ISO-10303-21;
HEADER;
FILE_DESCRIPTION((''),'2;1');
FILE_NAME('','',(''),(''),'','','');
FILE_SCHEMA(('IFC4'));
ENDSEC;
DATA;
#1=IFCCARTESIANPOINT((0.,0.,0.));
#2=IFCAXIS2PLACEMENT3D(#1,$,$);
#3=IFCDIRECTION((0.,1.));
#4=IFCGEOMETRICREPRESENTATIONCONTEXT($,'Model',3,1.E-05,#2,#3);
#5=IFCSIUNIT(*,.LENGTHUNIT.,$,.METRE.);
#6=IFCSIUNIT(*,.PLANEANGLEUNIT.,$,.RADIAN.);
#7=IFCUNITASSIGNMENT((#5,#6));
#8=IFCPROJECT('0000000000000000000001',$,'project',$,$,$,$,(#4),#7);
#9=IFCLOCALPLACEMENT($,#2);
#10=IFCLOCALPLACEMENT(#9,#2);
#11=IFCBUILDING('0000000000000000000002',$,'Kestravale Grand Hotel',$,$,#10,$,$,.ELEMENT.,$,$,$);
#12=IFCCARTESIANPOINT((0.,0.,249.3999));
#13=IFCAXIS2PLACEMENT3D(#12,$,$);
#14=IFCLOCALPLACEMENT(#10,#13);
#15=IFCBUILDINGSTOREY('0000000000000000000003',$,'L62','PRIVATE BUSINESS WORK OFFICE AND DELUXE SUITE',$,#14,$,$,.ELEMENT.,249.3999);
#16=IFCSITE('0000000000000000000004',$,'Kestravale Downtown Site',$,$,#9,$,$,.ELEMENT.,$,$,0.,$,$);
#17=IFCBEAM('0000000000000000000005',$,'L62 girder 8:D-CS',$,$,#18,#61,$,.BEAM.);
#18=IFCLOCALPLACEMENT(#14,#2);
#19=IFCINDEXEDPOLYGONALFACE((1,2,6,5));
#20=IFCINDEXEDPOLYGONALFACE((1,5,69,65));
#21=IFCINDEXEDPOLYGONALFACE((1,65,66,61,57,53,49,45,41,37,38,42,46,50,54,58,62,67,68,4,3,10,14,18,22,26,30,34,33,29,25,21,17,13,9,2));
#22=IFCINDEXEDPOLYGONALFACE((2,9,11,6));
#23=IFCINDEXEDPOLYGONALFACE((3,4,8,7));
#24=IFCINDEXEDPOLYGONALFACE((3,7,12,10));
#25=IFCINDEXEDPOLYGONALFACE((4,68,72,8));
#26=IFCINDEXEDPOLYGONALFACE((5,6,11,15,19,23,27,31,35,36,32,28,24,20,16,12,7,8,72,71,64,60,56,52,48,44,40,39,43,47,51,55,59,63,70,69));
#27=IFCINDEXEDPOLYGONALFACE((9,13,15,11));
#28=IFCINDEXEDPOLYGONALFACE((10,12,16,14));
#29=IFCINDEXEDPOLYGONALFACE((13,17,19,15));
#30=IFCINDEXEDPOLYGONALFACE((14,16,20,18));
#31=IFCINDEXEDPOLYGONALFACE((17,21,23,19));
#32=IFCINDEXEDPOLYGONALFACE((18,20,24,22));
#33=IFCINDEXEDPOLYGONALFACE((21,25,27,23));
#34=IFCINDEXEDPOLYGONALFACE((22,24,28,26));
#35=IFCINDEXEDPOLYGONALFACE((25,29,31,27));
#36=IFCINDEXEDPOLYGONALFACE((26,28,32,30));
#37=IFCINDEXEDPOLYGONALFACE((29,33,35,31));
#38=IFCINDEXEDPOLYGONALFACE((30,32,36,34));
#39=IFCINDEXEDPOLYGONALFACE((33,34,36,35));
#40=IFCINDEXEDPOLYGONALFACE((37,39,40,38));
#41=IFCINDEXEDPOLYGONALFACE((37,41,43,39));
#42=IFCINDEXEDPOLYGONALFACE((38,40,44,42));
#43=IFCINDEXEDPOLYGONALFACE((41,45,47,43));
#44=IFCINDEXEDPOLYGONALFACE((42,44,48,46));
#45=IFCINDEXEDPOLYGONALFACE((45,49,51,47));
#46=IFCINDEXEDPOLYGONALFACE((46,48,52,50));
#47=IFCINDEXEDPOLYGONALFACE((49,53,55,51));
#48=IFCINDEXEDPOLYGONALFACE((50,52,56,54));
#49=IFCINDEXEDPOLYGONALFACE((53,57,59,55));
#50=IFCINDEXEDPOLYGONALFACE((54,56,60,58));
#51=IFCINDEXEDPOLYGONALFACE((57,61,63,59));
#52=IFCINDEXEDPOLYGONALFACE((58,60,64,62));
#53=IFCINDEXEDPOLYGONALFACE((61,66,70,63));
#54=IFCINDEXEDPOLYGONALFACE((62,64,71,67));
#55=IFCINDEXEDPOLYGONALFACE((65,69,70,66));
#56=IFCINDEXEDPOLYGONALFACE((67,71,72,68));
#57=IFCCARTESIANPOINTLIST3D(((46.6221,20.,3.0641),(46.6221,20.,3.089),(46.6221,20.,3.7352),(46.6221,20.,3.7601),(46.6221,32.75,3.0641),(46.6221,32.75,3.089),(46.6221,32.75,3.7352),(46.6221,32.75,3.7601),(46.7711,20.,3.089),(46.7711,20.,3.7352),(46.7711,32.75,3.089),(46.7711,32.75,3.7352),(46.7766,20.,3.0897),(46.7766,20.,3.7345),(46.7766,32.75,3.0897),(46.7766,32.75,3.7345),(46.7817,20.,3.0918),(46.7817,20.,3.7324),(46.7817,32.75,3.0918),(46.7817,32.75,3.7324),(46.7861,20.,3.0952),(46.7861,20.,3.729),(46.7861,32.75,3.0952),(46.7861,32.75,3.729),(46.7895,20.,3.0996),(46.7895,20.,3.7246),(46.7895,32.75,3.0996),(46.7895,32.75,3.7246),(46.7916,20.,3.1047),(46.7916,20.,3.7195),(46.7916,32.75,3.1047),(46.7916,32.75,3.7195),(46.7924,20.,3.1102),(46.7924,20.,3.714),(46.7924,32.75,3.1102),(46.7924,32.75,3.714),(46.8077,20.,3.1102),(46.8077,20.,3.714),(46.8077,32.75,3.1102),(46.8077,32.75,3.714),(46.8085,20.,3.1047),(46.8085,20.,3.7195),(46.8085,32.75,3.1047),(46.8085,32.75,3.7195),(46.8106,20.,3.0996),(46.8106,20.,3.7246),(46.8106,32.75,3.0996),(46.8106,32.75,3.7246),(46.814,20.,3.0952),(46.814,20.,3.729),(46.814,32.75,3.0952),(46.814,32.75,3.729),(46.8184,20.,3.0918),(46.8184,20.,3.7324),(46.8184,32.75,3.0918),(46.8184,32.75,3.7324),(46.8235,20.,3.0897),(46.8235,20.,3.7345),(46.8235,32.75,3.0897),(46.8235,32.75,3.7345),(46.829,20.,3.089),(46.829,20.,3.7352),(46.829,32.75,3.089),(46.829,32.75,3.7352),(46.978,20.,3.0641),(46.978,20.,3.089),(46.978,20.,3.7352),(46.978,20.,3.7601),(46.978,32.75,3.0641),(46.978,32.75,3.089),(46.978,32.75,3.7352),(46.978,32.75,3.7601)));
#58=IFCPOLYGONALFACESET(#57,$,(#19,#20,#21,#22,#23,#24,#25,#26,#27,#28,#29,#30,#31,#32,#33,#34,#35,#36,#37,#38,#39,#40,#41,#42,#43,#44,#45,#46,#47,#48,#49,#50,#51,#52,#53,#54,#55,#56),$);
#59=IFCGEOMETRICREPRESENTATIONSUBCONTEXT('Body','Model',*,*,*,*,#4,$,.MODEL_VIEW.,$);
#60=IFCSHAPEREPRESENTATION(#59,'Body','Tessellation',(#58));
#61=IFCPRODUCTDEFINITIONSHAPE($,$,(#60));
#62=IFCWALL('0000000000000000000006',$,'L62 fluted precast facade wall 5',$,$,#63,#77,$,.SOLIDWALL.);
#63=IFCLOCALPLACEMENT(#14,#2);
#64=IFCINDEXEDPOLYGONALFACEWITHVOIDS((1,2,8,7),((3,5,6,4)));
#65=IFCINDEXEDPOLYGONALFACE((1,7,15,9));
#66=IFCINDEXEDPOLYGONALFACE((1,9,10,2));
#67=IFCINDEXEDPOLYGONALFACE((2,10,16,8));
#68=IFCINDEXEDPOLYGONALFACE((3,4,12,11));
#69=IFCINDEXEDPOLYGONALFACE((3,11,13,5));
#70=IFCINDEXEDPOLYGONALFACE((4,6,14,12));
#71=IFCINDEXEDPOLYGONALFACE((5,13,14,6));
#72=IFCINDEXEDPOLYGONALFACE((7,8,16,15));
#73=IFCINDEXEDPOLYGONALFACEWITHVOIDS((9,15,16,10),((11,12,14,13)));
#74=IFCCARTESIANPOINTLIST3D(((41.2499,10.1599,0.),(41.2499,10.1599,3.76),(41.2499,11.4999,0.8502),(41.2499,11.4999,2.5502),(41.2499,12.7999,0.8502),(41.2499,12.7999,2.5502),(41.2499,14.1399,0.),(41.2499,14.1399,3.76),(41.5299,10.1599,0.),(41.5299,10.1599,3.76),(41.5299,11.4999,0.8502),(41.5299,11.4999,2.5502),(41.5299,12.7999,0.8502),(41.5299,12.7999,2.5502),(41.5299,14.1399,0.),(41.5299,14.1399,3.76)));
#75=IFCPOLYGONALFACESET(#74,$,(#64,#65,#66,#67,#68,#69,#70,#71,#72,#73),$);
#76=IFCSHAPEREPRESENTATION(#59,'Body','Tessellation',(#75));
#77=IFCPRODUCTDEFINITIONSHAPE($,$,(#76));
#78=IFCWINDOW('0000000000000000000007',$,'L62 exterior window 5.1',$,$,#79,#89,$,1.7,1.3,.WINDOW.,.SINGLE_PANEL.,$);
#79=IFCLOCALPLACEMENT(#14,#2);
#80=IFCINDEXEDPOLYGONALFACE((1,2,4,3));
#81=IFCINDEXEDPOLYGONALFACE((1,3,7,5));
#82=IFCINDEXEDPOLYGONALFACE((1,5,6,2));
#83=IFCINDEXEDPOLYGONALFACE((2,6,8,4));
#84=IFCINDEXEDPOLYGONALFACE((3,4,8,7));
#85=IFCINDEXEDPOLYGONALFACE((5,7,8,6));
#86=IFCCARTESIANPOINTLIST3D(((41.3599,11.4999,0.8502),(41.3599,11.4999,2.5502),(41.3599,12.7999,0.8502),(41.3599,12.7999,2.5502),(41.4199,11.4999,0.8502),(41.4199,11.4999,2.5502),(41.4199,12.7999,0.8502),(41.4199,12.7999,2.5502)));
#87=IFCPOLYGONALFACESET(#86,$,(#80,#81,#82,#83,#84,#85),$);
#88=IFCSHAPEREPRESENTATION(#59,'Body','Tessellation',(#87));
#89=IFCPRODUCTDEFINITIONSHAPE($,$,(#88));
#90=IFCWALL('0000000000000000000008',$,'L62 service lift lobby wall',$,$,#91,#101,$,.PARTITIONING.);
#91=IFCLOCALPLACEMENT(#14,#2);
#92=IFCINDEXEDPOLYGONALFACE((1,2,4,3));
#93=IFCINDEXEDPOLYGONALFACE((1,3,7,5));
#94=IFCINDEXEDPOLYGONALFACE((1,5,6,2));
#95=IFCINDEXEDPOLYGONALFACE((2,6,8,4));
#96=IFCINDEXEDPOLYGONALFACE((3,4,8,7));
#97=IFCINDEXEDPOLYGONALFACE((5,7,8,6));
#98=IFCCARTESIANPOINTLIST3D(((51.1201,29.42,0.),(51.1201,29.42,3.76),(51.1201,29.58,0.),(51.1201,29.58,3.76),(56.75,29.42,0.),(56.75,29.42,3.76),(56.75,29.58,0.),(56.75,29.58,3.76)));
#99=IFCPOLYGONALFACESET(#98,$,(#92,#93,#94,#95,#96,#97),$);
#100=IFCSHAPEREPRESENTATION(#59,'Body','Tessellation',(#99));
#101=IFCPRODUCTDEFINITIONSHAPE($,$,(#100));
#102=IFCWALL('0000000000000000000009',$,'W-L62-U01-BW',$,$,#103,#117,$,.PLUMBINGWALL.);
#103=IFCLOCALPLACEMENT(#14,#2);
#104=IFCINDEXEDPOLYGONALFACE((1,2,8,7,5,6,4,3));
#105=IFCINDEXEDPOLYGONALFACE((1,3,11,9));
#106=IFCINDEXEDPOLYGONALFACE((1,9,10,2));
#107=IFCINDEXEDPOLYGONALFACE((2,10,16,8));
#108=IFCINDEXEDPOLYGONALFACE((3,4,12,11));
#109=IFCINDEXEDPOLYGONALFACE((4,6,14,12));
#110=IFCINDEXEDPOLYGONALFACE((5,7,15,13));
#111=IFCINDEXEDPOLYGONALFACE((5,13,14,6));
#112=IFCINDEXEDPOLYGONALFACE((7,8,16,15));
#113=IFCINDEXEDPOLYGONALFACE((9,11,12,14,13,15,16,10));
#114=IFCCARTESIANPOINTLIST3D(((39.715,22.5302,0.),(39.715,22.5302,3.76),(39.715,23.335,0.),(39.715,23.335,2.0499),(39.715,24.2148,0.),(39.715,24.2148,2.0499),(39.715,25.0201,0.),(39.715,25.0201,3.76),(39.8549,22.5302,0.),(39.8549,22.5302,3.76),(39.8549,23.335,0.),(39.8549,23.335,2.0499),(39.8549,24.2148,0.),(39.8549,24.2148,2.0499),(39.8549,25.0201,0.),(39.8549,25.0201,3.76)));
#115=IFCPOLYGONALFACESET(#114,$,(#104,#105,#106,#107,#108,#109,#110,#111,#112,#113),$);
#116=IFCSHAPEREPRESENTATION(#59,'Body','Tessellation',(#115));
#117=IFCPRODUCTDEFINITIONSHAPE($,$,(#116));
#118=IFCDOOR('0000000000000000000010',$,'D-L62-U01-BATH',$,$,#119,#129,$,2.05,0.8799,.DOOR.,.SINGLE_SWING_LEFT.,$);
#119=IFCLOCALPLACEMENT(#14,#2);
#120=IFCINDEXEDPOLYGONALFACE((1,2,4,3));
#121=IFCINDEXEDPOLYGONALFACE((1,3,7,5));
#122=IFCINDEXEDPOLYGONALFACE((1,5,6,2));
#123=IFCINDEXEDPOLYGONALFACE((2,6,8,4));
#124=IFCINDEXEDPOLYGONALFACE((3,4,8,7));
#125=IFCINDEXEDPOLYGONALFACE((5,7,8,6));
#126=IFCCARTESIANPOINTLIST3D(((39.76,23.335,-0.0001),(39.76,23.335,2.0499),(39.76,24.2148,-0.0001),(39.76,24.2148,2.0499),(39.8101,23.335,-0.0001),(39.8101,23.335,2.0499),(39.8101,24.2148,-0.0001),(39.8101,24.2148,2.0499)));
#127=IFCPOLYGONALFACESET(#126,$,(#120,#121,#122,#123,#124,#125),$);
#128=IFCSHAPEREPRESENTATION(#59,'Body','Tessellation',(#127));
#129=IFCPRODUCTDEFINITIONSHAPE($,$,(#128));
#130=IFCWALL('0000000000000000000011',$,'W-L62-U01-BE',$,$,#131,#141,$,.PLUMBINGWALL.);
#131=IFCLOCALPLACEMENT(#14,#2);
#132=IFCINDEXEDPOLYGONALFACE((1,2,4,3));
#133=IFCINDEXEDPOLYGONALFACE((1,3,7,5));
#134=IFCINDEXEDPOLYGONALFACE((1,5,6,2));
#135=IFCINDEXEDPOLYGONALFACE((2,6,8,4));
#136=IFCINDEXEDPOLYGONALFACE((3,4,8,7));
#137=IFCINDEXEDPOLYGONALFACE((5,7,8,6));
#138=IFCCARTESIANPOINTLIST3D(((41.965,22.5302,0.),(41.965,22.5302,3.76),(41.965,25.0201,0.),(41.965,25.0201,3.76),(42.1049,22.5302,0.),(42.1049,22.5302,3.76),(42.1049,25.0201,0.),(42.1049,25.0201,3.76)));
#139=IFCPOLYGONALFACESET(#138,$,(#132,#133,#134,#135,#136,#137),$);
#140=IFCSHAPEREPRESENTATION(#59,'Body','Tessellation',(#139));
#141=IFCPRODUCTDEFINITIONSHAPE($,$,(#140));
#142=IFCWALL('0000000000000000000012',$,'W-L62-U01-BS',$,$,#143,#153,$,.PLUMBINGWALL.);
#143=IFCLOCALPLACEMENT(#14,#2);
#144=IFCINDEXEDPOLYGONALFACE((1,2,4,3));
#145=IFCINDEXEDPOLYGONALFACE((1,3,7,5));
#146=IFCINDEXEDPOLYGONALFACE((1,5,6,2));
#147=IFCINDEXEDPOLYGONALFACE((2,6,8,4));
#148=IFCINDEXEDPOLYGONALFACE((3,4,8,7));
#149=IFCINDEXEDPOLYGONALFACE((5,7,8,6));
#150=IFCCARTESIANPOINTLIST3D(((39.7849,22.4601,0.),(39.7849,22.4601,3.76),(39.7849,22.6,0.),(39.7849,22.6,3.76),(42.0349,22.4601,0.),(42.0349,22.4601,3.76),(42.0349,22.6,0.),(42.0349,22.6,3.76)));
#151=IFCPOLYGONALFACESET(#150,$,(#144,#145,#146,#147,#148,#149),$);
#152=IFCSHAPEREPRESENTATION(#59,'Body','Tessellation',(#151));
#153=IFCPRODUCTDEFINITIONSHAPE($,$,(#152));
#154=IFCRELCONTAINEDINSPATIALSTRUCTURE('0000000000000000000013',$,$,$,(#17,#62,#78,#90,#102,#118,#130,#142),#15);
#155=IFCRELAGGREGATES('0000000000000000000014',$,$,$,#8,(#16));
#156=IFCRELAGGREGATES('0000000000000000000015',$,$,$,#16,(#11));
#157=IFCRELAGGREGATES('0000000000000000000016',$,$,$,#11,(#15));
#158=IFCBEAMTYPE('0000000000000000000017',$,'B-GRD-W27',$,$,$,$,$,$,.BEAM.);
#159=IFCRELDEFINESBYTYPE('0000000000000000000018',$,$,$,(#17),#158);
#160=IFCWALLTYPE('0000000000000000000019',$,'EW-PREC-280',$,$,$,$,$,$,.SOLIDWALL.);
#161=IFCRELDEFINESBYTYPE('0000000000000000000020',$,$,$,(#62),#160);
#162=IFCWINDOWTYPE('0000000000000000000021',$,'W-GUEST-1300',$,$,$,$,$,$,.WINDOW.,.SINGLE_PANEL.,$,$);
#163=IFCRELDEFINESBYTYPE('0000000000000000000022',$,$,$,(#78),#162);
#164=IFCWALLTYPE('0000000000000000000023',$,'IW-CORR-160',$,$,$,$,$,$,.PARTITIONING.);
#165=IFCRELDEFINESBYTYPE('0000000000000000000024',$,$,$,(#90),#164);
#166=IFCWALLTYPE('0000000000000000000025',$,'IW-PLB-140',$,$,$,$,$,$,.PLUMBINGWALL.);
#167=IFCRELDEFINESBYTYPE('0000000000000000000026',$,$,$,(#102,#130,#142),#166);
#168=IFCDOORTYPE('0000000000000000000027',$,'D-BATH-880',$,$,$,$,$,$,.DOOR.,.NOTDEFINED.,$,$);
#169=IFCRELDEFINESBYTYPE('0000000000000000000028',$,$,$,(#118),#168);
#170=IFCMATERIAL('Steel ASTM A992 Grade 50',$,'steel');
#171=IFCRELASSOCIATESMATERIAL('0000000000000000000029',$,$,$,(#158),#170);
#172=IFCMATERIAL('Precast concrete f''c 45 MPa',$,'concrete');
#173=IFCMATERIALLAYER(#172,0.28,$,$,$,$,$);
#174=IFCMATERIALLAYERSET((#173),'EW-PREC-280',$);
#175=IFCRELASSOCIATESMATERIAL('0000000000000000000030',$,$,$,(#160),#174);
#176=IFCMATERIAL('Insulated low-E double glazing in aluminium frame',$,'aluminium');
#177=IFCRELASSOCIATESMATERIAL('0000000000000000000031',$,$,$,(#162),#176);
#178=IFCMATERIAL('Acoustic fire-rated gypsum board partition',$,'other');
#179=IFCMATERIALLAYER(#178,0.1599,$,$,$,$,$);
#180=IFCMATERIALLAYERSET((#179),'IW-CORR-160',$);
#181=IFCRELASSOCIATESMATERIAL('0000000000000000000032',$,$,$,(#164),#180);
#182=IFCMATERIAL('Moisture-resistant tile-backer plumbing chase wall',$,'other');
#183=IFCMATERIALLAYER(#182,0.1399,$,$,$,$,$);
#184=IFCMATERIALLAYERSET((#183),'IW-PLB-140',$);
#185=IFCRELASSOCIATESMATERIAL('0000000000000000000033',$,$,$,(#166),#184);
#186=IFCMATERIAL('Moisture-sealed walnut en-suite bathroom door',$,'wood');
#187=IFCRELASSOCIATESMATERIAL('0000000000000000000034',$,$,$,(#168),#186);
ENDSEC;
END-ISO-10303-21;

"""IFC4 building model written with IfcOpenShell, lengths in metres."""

from ifc_helpers import new_model, si_unit, direction, frame, frame_2d, origin, origin_2d, place, context, subcontext, project, spatial, rectangle, i_section, extrude, material, layer, layer_set, material_profile, profile_set, type_object, element, fill, save


model = new_model("IFC4")

# Units and contexts
model_context = context("Model", 3, precision=1e-05, world=origin(), true_north=direction((0.0, 1.0)))
body_context = subcontext(model_context, "Body", "Model", "MODEL_VIEW")
ifc_project = project(units=[si_unit("LENGTHUNIT", "METRE"), si_unit("PLANEANGLEUNIT", "RADIAN")], contexts=[model_context])

# Site, building, storey
site_placement = place(None, origin())
site = spatial("IfcSite", under=ifc_project, at=site_placement, Name="Kestravale Downtown Site", CompositionType="ELEMENT", RefElevation=0.0)
building_placement = place(site_placement, origin())
building = spatial("IfcBuilding", under=site, at=building_placement, Name="Kestravale Grand Hotel", CompositionType="ELEMENT")
storey_placement = place(building_placement, frame((0.0, 0.0, 249.3999)))
storey = spatial("IfcBuildingStorey", under=building, at=storey_placement, Name="L62", Description="PRIVATE BUSINESS WORK OFFICE AND DELUXE SUITE", CompositionType="ELEMENT", Elevation=249.3999)

# Beam
ifc_material_1 = material(Name="Steel ASTM A992 Grade 50", Category="steel")
ifc_material_profile_1 = material_profile(ifc_material_1, i_section(OverallWidth=0.356, OverallDepth=0.696, WebThickness=0.0154, FlangeThickness=0.0249, FilletRadius=0.0212, at=origin_2d()))
ifc_profile_set_1 = profile_set([ifc_material_profile_1], Name="Steel ASTM A992 Grade 50")
beam_type = type_object("IfcBeamType", Name="B-GRD-W27", PredefinedType="BEAM", material=ifc_profile_set_1)
beam_1_placement = place(storey_placement, frame((46.8, 20.0, 3.4121), z_axis=(0.0, 1.0, 0.0), x_axis=(-1.0, 0.0, 0.0)))
element("IfcBeam", 1, at=beam_1_placement, inside=storey, type_object=beam_type, Name="L62 girder 8:D-CS", PredefinedType="BEAM", context=body_context, shape_type="SweptSolid", body=[
    extrude(i_section(OverallWidth=0.356, OverallDepth=0.696, WebThickness=0.0154, FlangeThickness=0.0249, FilletRadius=0.0212, at=origin_2d()), origin(), (0.0, 0.0, 1.0), 12.75),
])

# Wall, opening, window
ifc_material_2 = material(Name="Precast concrete f'c 45 MPa", Category="concrete")
ifc_layer_1 = layer(ifc_material_2, 0.28)
ifc_layer_set_1 = layer_set([ifc_layer_1], Name="EW-PREC-280")
wall_type_1 = type_object("IfcWallType", Name="EW-PREC-280", PredefinedType="SOLIDWALL", material=ifc_layer_set_1)
wall_1_placement = place(storey_placement, frame((41.3899, 14.1399, 0.0), z_axis=(0.0, 0.0, 1.0), x_axis=(0.0, -1.0, 0.0)))
wall_1 = element("IfcWall", 2, at=wall_1_placement, inside=storey, type_object=wall_type_1, Name="L62 fluted precast facade wall 5", PredefinedType="SOLIDWALL", context=body_context, shape_type="SweptSolid", body=[
    extrude(rectangle(XDim=3.98, YDim=0.28, at=frame_2d((1.99, 0.0))), origin(), (0.0, 0.0, 1.0), 3.76),
])
opening_1_placement = place(wall_1_placement, frame((1.3401, 0.0, 0.8501)))
opening_1 = element("IfcOpeningElement", 3, at=opening_1_placement, cuts=wall_1, PredefinedType="OPENING", context=body_context, shape_type="SweptSolid", body=[
    extrude(rectangle(XDim=1.3, YDim=1.7, at=frame_2d((0.6499, 0.8501))), frame((0.0, 0.1499, 0.0), z_axis=(0.0, -1.0, 0.0), x_axis=(1.0, 0.0, 0.0)), (0.0, 0.0, 1.0), 0.3),
])
ifc_material_3 = material(Name="Insulated low-E double glazing in aluminium frame", Category="aluminium")
window_type = type_object("IfcWindowType", Name="W-GUEST-1300", PartitioningType="SINGLE_PANEL", PredefinedType="WINDOW", material=ifc_material_3)
window_placement = place(opening_1_placement, origin())
window = element("IfcWindow", 4, at=window_placement, inside=storey, type_object=window_type, Name="L62 exterior window 5.1", OverallHeight=1.7, OverallWidth=1.3, PartitioningType="SINGLE_PANEL", PredefinedType="WINDOW", context=body_context, shape_type="SweptSolid", body=[
    extrude(rectangle(XDim=1.3, YDim=1.7, at=frame_2d((0.6499, 0.8501))), frame((0.0, 0.03, 0.0), z_axis=(0.0, -1.0, 0.0), x_axis=(1.0, 0.0, 0.0)), (0.0, 0.0, 1.0), 0.0601),
])
fill(opening_1, window)

# Shared definitions
ifc_material_4 = material(Name="Acoustic fire-rated gypsum board partition", Category="other")
ifc_layer_2 = layer(ifc_material_4, 0.1599)
ifc_layer_set_2 = layer_set([ifc_layer_2], Name="IW-CORR-160")
wall_type_2 = type_object("IfcWallType", Name="IW-CORR-160", PredefinedType="PARTITIONING", material=ifc_layer_set_2)

# Wall
wall_2_placement = place(storey_placement, frame((51.1201, 29.5, 0.0), z_axis=(0.0, 0.0, 1.0), x_axis=(1.0, 0.0, 0.0)))
element("IfcWall", 5, at=wall_2_placement, inside=storey, type_object=wall_type_2, Name="L62 service lift lobby wall", PredefinedType="PARTITIONING", context=body_context, shape_type="SweptSolid", body=[
    extrude(rectangle(XDim=5.6299, YDim=0.1599, at=frame_2d((2.8149, 0.0))), origin(), (0.0, 0.0, 1.0), 3.76),
])

# Wall, opening, door
ifc_material_5 = material(Name="Moisture-resistant tile-backer plumbing chase wall", Category="other")
ifc_layer_3 = layer(ifc_material_5, 0.1399)
ifc_layer_set_3 = layer_set([ifc_layer_3], Name="IW-PLB-140")
wall_type_3 = type_object("IfcWallType", Name="IW-PLB-140", PredefinedType="PLUMBINGWALL", material=ifc_layer_set_3)
wall_3_placement = place(storey_placement, frame((39.7849, 22.53, 0.0), z_axis=(0.0, 0.0, 1.0), x_axis=(0.0, 1.0, 0.0)))
wall_3 = element("IfcWall", 6, at=wall_3_placement, inside=storey, type_object=wall_type_3, Name="W-L62-U01-BW", PredefinedType="PLUMBINGWALL", context=body_context, shape_type="SweptSolid", body=[
    extrude(rectangle(XDim=2.49, YDim=0.1399, at=frame_2d((1.2451, 0.0))), origin(), (0.0, 0.0, 1.0), 3.76),
])
opening_2_placement = place(wall_3_placement, frame((0.8049, 0.0, 0.0)))
opening_2 = element("IfcOpeningElement", 7, at=opening_2_placement, cuts=wall_3, PredefinedType="OPENING", context=body_context, shape_type="SweptSolid", body=[
    extrude(rectangle(XDim=0.8799, YDim=2.05, at=frame_2d((0.4399, 1.0249))), frame((0.0, 0.0798, 0.0), z_axis=(0.0, -1.0, 0.0), x_axis=(1.0, 0.0, 0.0)), (0.0, 0.0, 1.0), 0.1599),
])
ifc_material_6 = material(Name="Moisture-sealed walnut en-suite bathroom door", Category="wood")
door_type_1 = type_object("IfcDoorType", Name="D-BATH-880", OperationType="NOTDEFINED", PredefinedType="DOOR", material=ifc_material_6)
door_1_placement = place(opening_2_placement, origin())
door_1 = element("IfcDoor", 8, at=door_1_placement, inside=storey, type_object=door_type_1, Name="D-L62-U01-BATH", OperationType="SINGLE_SWING_LEFT", OverallHeight=2.05, OverallWidth=0.8799, PredefinedType="DOOR", context=body_context, shape_type="SweptSolid", body=[
    extrude(rectangle(XDim=0.8799, YDim=2.05, at=frame_2d((0.4399, 1.0249))), frame((0.0, 0.0249, 0.0), z_axis=(0.0, -1.0, 0.0), x_axis=(1.0, 0.0, 0.0)), (0.0, 0.0, 1.0), 0.05),
])
fill(opening_2, door_1)

# Walls
wall_4_placement = place(storey_placement, frame((42.0349, 22.53, 0.0), z_axis=(0.0, 0.0, 1.0), x_axis=(0.0, 1.0, 0.0)))
element("IfcWall", 9, at=wall_4_placement, inside=storey, type_object=wall_type_3, Name="W-L62-U01-BE", PredefinedType="PLUMBINGWALL", context=body_context, shape_type="SweptSolid", body=[
    extrude(rectangle(XDim=2.49, YDim=0.1399, at=frame_2d((1.2451, 0.0))), origin(), (0.0, 0.0, 1.0), 3.76),
])
wall_5_placement = place(storey_placement, frame((39.7849, 22.53, 0.0), z_axis=(0.0, 0.0, 1.0), x_axis=(1.0, 0.0, 0.0)))
element("IfcWall", 10, at=wall_5_placement, inside=storey, type_object=wall_type_3, Name="W-L62-U01-BS", PredefinedType="PLUMBINGWALL", context=body_context, shape_type="SweptSolid", body=[
    extrude(rectangle(XDim=2.25, YDim=0.1399, at=frame_2d((1.125, 0.0))), origin(), (0.0, 0.0, 1.0), 3.76),
])

save(model, "model.ifc")
